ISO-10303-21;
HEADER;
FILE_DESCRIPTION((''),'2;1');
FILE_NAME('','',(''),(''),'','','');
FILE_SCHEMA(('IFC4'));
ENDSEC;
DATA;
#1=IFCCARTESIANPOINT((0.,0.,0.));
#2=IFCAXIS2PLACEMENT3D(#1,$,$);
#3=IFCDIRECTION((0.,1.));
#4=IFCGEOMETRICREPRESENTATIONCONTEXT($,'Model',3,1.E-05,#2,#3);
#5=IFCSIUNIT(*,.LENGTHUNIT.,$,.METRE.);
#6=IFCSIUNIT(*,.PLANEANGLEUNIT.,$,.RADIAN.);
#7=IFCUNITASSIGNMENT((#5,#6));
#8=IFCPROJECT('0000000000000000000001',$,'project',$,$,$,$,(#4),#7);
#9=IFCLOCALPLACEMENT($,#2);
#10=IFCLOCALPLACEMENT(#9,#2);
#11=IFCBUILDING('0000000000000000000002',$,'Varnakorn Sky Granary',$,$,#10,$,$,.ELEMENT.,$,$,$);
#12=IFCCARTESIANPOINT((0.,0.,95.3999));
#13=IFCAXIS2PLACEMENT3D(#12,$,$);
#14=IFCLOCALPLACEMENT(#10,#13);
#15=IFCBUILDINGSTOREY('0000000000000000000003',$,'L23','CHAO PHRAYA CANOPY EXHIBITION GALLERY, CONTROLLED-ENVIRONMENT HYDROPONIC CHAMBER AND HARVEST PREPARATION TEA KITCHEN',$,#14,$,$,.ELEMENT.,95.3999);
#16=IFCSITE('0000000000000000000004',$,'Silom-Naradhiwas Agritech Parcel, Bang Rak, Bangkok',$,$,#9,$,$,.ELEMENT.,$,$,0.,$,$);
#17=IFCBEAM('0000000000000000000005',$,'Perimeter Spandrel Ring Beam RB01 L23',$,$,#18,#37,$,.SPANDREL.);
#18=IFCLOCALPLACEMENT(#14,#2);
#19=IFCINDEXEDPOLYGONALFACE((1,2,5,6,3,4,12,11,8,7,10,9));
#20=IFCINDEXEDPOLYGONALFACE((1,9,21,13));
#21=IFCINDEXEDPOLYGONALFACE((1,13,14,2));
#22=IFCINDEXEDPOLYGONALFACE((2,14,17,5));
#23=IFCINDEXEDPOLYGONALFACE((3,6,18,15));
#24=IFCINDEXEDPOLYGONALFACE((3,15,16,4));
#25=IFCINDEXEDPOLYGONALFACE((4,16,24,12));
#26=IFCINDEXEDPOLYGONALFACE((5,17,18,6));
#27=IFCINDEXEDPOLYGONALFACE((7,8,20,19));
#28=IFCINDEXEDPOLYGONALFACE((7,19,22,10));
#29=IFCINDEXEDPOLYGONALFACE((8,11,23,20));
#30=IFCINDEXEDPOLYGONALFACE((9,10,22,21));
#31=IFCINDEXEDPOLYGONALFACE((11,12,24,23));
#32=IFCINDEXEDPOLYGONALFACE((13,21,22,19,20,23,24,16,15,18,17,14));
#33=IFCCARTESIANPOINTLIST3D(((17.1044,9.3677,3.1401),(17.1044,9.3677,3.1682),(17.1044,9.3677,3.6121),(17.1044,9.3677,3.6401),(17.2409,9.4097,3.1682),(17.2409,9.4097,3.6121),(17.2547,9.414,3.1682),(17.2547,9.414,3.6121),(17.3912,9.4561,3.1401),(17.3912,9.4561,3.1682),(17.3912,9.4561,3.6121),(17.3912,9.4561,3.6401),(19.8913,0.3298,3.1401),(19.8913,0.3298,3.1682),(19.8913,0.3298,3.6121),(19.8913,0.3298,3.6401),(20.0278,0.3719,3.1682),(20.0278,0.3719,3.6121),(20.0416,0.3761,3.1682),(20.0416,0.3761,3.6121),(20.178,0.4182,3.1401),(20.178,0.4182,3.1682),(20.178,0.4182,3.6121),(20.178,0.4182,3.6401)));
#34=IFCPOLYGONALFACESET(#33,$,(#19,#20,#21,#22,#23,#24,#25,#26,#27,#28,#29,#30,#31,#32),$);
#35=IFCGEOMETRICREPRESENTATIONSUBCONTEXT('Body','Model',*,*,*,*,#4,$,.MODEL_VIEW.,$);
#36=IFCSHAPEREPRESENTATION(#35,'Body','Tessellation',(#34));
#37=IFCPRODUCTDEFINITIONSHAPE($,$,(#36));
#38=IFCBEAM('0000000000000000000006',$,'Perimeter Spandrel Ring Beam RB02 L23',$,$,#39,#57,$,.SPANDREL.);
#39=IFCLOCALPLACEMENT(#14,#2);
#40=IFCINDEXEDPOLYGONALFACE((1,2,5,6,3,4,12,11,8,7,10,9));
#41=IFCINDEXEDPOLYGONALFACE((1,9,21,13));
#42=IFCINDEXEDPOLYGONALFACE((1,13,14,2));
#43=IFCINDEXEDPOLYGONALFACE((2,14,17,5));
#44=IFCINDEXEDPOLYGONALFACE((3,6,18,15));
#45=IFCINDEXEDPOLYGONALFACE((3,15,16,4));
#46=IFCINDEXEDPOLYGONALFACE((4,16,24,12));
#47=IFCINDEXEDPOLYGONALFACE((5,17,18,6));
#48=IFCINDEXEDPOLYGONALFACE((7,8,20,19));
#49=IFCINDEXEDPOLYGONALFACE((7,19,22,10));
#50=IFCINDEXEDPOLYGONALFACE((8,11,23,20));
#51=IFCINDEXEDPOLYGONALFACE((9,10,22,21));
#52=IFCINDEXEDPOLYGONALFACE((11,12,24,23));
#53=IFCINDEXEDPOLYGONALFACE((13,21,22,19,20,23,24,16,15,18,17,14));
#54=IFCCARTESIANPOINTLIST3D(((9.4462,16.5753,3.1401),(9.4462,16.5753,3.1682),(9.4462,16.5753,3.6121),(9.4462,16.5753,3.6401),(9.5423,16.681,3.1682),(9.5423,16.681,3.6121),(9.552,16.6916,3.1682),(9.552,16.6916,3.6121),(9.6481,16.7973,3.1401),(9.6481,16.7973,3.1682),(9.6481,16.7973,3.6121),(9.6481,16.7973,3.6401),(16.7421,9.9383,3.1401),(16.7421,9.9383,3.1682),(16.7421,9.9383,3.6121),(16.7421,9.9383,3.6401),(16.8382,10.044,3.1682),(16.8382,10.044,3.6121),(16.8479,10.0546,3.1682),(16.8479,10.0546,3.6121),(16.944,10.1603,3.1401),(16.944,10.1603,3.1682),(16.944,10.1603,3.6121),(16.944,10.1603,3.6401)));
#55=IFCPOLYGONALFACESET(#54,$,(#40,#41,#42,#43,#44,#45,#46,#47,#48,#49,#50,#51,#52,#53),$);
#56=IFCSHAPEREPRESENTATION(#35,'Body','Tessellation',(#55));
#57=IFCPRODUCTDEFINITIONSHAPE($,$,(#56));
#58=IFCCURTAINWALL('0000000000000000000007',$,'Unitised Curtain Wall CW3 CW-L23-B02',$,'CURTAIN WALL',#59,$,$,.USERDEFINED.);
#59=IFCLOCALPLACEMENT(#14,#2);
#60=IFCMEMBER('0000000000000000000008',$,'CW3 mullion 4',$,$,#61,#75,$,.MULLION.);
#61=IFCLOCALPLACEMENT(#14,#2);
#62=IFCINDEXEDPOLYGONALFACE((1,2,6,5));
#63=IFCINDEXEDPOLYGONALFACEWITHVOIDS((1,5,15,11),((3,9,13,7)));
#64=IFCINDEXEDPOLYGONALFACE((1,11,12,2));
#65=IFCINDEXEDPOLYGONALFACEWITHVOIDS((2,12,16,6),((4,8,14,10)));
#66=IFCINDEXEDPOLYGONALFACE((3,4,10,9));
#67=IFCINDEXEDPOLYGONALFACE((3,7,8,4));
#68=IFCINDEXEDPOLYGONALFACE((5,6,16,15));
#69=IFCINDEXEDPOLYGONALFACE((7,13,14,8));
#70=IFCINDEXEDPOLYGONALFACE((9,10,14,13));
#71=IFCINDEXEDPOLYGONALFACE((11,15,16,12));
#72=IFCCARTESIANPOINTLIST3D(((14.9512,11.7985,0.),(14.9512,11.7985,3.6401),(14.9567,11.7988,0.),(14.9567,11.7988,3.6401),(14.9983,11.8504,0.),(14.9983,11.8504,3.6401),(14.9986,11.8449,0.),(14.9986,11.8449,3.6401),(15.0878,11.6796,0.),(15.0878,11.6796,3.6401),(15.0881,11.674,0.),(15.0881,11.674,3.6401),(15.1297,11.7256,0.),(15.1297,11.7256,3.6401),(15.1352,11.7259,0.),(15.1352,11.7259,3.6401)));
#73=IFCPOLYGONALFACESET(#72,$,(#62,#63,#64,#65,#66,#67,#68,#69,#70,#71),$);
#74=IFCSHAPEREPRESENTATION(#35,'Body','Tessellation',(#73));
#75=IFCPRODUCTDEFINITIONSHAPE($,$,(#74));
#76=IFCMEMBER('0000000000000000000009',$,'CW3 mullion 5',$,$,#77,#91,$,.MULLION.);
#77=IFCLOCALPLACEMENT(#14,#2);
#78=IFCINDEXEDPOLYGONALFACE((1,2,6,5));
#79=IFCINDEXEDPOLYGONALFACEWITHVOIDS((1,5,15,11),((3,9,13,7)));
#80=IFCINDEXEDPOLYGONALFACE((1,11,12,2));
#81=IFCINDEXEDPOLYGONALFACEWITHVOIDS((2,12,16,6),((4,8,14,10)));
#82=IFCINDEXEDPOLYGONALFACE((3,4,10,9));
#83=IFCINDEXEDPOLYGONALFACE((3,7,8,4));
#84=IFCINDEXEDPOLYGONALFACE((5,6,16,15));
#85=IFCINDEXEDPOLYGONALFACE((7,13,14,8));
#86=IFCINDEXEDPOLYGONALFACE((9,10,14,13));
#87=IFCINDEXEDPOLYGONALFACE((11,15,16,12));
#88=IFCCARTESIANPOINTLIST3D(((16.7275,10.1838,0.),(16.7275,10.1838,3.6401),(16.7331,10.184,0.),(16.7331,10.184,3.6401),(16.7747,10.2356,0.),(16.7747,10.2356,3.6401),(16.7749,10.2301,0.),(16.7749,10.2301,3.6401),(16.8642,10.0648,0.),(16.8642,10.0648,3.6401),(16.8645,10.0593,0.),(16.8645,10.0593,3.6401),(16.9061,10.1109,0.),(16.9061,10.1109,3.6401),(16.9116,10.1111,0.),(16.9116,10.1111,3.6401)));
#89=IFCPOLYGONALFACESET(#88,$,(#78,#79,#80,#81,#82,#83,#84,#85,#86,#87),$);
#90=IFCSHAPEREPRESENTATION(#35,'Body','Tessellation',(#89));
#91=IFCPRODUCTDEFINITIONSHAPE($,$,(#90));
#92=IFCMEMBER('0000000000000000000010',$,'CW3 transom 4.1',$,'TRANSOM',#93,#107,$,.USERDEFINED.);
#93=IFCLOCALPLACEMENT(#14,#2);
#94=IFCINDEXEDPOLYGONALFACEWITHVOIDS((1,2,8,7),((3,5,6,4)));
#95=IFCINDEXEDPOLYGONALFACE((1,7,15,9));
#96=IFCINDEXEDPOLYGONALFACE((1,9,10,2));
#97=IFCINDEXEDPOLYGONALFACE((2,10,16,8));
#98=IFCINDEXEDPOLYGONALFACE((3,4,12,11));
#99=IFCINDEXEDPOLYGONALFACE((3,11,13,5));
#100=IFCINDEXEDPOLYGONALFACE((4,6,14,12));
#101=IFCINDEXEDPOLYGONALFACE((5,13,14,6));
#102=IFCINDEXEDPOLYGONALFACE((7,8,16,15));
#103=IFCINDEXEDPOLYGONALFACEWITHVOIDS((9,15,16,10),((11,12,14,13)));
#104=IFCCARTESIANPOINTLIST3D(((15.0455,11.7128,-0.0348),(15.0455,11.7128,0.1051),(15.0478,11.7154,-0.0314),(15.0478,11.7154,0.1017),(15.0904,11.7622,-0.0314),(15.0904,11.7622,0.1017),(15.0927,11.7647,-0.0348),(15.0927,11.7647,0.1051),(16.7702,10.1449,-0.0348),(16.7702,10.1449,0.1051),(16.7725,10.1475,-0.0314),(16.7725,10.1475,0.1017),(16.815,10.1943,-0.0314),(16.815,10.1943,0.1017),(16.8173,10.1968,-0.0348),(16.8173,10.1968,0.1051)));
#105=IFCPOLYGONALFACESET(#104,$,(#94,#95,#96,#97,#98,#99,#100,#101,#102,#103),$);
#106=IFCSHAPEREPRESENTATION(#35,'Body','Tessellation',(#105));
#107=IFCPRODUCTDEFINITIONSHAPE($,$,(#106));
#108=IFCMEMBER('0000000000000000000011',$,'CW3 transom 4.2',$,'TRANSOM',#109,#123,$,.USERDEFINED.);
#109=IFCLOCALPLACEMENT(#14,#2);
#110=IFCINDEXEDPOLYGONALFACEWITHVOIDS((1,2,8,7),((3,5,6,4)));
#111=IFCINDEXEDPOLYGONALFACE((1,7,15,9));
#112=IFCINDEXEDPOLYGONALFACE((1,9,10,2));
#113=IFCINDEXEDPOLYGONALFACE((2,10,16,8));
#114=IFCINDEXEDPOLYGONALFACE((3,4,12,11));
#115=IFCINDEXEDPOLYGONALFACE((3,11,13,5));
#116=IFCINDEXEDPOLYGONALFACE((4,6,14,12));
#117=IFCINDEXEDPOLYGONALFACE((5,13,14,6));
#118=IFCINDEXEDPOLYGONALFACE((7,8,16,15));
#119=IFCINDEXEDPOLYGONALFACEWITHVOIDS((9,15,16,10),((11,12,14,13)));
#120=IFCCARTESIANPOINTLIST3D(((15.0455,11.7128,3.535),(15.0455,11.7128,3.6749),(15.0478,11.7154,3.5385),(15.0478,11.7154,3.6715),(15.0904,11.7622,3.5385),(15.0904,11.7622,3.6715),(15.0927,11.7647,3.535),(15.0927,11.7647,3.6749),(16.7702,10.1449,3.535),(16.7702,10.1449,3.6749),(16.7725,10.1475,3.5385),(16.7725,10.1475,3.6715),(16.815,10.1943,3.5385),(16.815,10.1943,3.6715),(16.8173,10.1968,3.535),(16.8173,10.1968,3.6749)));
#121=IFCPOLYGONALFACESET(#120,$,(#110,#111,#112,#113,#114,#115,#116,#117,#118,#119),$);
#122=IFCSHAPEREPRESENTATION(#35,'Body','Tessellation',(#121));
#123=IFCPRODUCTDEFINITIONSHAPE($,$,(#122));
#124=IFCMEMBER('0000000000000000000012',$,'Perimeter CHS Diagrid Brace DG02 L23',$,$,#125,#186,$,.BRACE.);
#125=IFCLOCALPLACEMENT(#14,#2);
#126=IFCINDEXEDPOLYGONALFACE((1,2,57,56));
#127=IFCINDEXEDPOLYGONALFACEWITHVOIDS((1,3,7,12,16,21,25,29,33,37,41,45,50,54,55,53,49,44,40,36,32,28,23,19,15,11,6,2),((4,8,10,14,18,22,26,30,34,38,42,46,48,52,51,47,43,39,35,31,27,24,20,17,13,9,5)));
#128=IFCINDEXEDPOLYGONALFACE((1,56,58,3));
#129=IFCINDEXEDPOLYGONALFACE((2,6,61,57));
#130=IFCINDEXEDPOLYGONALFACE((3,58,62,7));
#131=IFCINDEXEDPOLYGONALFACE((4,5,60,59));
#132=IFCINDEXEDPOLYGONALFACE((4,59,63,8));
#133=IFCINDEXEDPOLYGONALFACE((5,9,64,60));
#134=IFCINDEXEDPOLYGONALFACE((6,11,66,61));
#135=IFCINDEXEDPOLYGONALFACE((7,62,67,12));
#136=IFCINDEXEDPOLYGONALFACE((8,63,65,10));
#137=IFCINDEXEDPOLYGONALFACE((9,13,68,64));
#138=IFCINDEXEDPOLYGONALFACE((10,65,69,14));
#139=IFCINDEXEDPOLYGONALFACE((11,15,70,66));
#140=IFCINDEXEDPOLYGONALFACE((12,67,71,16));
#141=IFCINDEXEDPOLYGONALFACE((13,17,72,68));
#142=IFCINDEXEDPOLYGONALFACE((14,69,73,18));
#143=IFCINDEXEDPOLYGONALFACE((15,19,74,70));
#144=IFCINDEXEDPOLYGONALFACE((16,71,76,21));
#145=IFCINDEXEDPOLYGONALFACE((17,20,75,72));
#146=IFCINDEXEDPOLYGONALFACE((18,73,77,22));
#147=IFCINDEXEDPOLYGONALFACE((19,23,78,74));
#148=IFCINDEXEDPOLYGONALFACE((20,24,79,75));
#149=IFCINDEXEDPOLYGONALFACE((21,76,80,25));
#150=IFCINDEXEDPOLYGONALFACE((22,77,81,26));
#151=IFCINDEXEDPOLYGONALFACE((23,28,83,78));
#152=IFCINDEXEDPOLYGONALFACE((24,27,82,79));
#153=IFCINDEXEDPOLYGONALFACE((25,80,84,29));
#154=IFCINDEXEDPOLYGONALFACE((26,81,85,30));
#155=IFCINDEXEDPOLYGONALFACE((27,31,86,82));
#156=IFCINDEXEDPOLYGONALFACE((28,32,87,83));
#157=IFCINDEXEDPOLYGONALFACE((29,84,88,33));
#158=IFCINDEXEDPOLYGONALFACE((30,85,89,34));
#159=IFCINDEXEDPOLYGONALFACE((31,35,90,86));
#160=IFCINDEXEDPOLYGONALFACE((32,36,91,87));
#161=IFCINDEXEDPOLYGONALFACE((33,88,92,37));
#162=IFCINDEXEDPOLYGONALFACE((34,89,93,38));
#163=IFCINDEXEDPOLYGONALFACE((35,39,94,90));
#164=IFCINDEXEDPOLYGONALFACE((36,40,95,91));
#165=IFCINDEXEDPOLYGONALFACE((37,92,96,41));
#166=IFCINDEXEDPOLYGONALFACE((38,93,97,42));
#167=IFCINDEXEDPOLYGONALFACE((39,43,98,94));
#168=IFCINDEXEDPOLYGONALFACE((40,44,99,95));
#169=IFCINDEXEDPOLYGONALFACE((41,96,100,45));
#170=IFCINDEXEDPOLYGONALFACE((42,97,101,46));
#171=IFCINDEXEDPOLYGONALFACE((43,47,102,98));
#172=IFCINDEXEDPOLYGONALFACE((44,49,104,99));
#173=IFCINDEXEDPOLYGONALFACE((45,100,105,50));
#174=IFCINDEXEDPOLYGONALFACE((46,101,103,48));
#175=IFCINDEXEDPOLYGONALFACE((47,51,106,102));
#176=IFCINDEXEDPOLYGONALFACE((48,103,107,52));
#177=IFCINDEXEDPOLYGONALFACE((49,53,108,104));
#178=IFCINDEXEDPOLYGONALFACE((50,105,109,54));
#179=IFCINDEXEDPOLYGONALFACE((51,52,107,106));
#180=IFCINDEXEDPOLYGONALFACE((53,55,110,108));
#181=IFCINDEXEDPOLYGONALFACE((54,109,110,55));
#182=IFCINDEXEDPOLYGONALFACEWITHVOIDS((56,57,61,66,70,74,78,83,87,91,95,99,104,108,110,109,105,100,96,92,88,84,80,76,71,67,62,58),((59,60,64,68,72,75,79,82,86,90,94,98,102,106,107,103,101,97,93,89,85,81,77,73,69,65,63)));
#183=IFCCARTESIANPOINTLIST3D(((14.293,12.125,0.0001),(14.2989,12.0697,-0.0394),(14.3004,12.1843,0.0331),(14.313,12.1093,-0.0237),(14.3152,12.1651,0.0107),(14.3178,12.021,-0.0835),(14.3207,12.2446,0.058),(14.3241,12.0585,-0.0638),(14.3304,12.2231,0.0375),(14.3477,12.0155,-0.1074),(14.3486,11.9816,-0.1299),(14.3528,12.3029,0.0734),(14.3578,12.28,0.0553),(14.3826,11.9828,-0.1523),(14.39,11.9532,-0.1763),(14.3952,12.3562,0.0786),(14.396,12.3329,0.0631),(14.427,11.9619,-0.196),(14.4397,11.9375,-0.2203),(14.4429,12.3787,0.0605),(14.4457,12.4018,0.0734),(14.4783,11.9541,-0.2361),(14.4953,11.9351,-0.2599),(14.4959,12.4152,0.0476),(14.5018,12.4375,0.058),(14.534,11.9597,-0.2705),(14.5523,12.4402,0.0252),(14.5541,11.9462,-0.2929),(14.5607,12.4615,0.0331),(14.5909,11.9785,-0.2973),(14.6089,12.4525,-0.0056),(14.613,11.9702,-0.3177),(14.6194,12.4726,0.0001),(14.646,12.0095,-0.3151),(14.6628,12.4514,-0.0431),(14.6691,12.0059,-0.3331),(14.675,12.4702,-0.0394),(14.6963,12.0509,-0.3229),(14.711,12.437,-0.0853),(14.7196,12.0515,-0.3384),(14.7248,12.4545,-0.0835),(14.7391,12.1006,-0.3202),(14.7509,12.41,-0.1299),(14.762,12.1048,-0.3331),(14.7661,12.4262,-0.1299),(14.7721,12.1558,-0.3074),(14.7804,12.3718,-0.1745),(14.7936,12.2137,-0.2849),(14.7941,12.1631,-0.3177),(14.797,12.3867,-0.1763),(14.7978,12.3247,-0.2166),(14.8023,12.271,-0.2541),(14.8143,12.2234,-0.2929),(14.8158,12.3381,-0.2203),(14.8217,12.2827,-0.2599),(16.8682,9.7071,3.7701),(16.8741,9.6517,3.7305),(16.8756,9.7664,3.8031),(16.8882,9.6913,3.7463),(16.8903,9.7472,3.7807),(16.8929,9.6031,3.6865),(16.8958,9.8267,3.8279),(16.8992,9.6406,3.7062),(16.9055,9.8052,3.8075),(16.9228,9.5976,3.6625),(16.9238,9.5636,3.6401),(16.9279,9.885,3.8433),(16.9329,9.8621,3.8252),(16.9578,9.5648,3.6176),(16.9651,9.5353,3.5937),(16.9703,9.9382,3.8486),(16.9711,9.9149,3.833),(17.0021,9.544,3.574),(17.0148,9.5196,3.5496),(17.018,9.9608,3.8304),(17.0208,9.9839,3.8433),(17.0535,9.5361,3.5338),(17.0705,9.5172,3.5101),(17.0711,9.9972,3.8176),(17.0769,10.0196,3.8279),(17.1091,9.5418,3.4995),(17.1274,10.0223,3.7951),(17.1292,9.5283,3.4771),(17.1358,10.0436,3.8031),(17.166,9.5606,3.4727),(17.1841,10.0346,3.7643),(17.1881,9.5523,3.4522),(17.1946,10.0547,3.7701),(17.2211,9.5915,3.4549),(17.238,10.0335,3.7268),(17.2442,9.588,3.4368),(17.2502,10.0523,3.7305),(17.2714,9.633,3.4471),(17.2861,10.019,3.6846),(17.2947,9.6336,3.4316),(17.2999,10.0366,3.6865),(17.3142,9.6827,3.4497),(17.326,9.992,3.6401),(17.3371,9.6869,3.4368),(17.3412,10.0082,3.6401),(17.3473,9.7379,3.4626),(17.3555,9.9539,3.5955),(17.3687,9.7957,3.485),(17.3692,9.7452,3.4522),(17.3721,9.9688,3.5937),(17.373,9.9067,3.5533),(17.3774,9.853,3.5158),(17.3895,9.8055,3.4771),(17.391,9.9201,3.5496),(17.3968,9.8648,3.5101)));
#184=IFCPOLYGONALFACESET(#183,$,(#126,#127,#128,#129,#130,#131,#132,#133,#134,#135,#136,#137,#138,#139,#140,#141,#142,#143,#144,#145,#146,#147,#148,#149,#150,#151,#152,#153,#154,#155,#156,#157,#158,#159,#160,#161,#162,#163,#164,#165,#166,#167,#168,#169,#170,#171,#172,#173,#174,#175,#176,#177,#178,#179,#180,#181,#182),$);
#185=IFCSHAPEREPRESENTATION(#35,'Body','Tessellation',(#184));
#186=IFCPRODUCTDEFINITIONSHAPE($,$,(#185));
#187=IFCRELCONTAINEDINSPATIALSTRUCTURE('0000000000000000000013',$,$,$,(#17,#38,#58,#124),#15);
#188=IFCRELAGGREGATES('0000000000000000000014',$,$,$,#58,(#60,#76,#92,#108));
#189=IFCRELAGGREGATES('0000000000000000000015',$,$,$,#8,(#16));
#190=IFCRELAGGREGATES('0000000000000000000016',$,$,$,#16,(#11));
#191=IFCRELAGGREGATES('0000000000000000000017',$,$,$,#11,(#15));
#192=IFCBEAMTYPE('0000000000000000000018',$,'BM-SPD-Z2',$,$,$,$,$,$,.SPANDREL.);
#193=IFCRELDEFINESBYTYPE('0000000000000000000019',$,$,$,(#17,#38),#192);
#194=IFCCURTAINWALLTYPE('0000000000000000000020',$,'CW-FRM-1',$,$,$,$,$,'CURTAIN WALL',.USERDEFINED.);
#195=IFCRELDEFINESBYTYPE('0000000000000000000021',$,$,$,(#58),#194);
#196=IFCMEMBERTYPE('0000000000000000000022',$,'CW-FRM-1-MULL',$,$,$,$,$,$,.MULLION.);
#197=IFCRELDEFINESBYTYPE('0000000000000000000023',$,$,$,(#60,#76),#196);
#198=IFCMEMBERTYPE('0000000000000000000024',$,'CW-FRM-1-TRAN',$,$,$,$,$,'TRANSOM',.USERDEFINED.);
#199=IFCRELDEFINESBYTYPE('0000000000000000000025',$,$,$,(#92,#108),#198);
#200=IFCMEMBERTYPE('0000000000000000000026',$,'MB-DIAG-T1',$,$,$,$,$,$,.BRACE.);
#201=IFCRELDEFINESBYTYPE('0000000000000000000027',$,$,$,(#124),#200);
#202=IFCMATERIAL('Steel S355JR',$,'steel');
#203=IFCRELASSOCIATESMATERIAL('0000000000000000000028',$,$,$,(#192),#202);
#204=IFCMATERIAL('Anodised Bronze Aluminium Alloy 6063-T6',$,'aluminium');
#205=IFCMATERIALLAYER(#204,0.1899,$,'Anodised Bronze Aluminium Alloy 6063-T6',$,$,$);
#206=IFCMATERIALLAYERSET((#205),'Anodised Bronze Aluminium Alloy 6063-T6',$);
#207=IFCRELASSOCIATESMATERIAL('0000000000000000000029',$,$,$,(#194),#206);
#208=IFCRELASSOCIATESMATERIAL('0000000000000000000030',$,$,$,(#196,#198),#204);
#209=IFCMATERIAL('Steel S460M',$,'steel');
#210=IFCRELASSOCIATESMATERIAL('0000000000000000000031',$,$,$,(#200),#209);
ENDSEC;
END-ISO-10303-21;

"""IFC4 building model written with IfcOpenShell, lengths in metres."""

from ifc_helpers import new_model, si_unit, direction, frame, origin, origin_2d, place, context, subcontext, project, spatial, hollow_rectangle, hollow_circle, i_section, extrude, material, layer, layer_set, material_profile, profile_set, type_object, element, aggregate, save


model = new_model("IFC4")

# Units and contexts
model_context = context("Model", 3, precision=1e-05, world=origin(), true_north=direction((0.0, 1.0)))
body_context = subcontext(model_context, "Body", "Model", "MODEL_VIEW")
ifc_project = project(units=[si_unit("LENGTHUNIT", "METRE"), si_unit("PLANEANGLEUNIT", "RADIAN")], contexts=[model_context])

# Site, building, storey
site_placement = place(None, origin())
site = spatial("IfcSite", under=ifc_project, at=site_placement, Name="Silom-Naradhiwas Agritech Parcel, Bang Rak, Bangkok", CompositionType="ELEMENT", RefElevation=0.0)
building_placement = place(site_placement, origin())
building = spatial("IfcBuilding", under=site, at=building_placement, Name="Varnakorn Sky Granary", CompositionType="ELEMENT")
storey_placement = place(building_placement, frame((0.0, 0.0, 95.3999)))
storey = spatial("IfcBuildingStorey", under=building, at=storey_placement, Name="L23", Description="CHAO PHRAYA CANOPY EXHIBITION GALLERY, CONTROLLED-ENVIRONMENT HYDROPONIC CHAMBER AND HARVEST PREPARATION TEA KITCHEN", CompositionType="ELEMENT", Elevation=95.3999)

# Shared definitions
ifc_material_1 = material(Name="Steel S460M", Category="steel")

# Beams
ifc_material_2 = material(Name="Steel S355JR", Category="steel")
ifc_material_profile_1 = material_profile(ifc_material_2, i_section(OverallWidth=0.3, OverallDepth=0.5, WebThickness=0.0144, FlangeThickness=0.0281, at=origin_2d()), Name="HE 500 B")
ifc_profile_set_1 = profile_set([ifc_material_profile_1], Name="Steel S355JR")
beam_type_1 = type_object("IfcBeamType", Name="BM-SPD-Z2", PredefinedType="SPANDREL", material=ifc_profile_set_1)
beam_1_placement = place(storey_placement, frame((20.0347, 0.374, 3.3901), z_axis=(-0.294664, 0.955601, 0.0), x_axis=(-0.955601, -0.294664, 0.0)))
element("IfcBeam", 1, at=beam_1_placement, inside=storey, type_object=beam_type_1, Name="Perimeter Spandrel Ring Beam RB01 L23", PredefinedType="SPANDREL", context=body_context, shape_type="SweptSolid", body=[
    extrude(i_section(OverallWidth=0.3, OverallDepth=0.5, WebThickness=0.0144, FlangeThickness=0.0281, at=origin_2d()), origin(), (0.0, 0.0, 1.0), 9.4578),
])
beam_2_placement = place(storey_placement, frame((16.843, 10.0493, 3.3901), z_axis=(-0.739722, 0.672913, 0.0), x_axis=(-0.672913, -0.739722, 0.0)))
element("IfcBeam", 2, at=beam_2_placement, inside=storey, type_object=beam_type_1, Name="Perimeter Spandrel Ring Beam RB02 L23", PredefinedType="SPANDREL", context=body_context, shape_type="SweptSolid", body=[
    extrude(i_section(OverallWidth=0.3, OverallDepth=0.5, WebThickness=0.0144, FlangeThickness=0.0281, at=origin_2d()), origin(), (0.0, 0.0, 1.0), 9.863),
])

# Curtain wall, members
ifc_material_3 = material(Name="Anodised Bronze Aluminium Alloy 6063-T6", Category="aluminium")
ifc_layer_1 = layer(ifc_material_3, 0.1899, Name="Anodised Bronze Aluminium Alloy 6063-T6")
ifc_layer_set_1 = layer_set([ifc_layer_1], Name="Anodised Bronze Aluminium Alloy 6063-T6")
curtain_wall_type = type_object("IfcCurtainWallType", Name="CW-FRM-1", ElementType="CURTAIN WALL", PredefinedType="USERDEFINED", material=ifc_layer_set_1)
curtain_wall_placement = place(storey_placement, origin())
curtain_wall = element("IfcCurtainWall", 3, at=curtain_wall_placement, inside=storey, type_object=curtain_wall_type, Name="Unitised Curtain Wall CW3 CW-L23-B02", ObjectType="CURTAIN WALL", PredefinedType="USERDEFINED")
ifc_material_profile_2 = material_profile(ifc_material_3, hollow_rectangle(XDim=0.0701, YDim=0.1851, WallThickness=0.0039, at=origin_2d()), Name="ALU MULL 70x185")
ifc_profile_set_2 = profile_set([ifc_material_profile_2], Name="Anodised Bronze Aluminium Alloy 6063-T6")
member_type_1 = type_object("IfcMemberType", Name="CW-FRM-1-MULL", PredefinedType="MULLION", material=ifc_profile_set_2)
member_1_placement = place(storey_placement, frame((15.0432, 11.7622, 0.0), z_axis=(0.0, 0.0, 1.0), x_axis=(0.672672, 0.739941, 0.0)))
member_1 = element("IfcMember", 4, at=member_1_placement, type_object=member_type_1, Name="CW3 mullion 4", PredefinedType="MULLION", context=body_context, shape_type="SweptSolid", body=[
    extrude(hollow_rectangle(XDim=0.0701, YDim=0.1851, WallThickness=0.0039, at=origin_2d()), origin(), (0.0, 0.0, 1.0), 3.6401),
])
member_2_placement = place(storey_placement, frame((16.8196, 10.1475, 0.0), z_axis=(0.0, 0.0, 1.0), x_axis=(0.672672, 0.739941, 0.0)))
member_2 = element("IfcMember", 5, at=member_2_placement, type_object=member_type_1, Name="CW3 mullion 5", PredefinedType="MULLION", context=body_context, shape_type="SweptSolid", body=[
    extrude(hollow_rectangle(XDim=0.0701, YDim=0.1851, WallThickness=0.0039, at=origin_2d()), origin(), (0.0, 0.0, 1.0), 3.6401),
])
ifc_material_profile_3 = material_profile(ifc_material_3, hollow_rectangle(XDim=0.0701, YDim=0.1399, WallThickness=0.0034, at=origin_2d()), Name="ALU TRAN 70x140")
ifc_profile_set_3 = profile_set([ifc_material_profile_3], Name="Anodised Bronze Aluminium Alloy 6063-T6")
member_type_2 = type_object("IfcMemberType", Name="CW-FRM-1-TRAN", ElementType="TRANSOM", PredefinedType="USERDEFINED", material=ifc_profile_set_3)
member_3_placement = place(storey_placement, frame((15.0691, 11.7388, 0.0352), z_axis=(0.739931, -0.672683, 0.0), x_axis=(0.672683, 0.739931, 0.0)))
member_3 = element("IfcMember", 6, at=member_3_placement, type_object=member_type_2, Name="CW3 transom 4.1", ObjectType="TRANSOM", PredefinedType="USERDEFINED", context=body_context, shape_type="SweptSolid", body=[
    extrude(hollow_rectangle(XDim=0.0701, YDim=0.1399, WallThickness=0.0034, at=origin_2d()), origin(), (0.0, 0.0, 1.0), 2.3308),
])
member_4_placement = place(storey_placement, frame((15.0691, 11.7388, 3.605), z_axis=(0.739931, -0.672683, 0.0), x_axis=(0.672683, 0.739931, 0.0)))
member_4 = element("IfcMember", 7, at=member_4_placement, type_object=member_type_2, Name="CW3 transom 4.2", ObjectType="TRANSOM", PredefinedType="USERDEFINED", context=body_context, shape_type="SweptSolid", body=[
    extrude(hollow_rectangle(XDim=0.0701, YDim=0.1399, WallThickness=0.0034, at=origin_2d()), origin(), (0.0, 0.0, 1.0), 2.3308),
])

# Member
ifc_material_profile_4 = material_profile(ifc_material_1, hollow_circle(Radius=0.3049, WallThickness=0.0222, at=origin_2d()), Name="CHS 610x22")
ifc_profile_set_4 = profile_set([ifc_material_profile_4], Name="Steel S460M")
member_type_3 = type_object("IfcMemberType", Name="MB-DIAG-T1", PredefinedType="BRACE", material=ifc_profile_set_4)
member_5_placement = place(storey_placement, frame((14.5574, 12.2039, -0.1299), z_axis=(0.498455, -0.468022, 0.729725), x_axis=(0.684502, 0.729011, 0.0)))
element("IfcMember", 8, at=member_5_placement, inside=storey, type_object=member_type_3, Name="Perimeter CHS Diagrid Brace DG02 L23", PredefinedType="BRACE", context=body_context, shape_type="SweptSolid", body=[
    extrude(hollow_circle(Radius=0.3049, WallThickness=0.0222, at=origin_2d()), origin(), (0.0, 0.0, 1.0), 5.1663),
])

aggregate(curtain_wall, [member_1, member_2, member_3, member_4])

save(model, "model.ifc")
